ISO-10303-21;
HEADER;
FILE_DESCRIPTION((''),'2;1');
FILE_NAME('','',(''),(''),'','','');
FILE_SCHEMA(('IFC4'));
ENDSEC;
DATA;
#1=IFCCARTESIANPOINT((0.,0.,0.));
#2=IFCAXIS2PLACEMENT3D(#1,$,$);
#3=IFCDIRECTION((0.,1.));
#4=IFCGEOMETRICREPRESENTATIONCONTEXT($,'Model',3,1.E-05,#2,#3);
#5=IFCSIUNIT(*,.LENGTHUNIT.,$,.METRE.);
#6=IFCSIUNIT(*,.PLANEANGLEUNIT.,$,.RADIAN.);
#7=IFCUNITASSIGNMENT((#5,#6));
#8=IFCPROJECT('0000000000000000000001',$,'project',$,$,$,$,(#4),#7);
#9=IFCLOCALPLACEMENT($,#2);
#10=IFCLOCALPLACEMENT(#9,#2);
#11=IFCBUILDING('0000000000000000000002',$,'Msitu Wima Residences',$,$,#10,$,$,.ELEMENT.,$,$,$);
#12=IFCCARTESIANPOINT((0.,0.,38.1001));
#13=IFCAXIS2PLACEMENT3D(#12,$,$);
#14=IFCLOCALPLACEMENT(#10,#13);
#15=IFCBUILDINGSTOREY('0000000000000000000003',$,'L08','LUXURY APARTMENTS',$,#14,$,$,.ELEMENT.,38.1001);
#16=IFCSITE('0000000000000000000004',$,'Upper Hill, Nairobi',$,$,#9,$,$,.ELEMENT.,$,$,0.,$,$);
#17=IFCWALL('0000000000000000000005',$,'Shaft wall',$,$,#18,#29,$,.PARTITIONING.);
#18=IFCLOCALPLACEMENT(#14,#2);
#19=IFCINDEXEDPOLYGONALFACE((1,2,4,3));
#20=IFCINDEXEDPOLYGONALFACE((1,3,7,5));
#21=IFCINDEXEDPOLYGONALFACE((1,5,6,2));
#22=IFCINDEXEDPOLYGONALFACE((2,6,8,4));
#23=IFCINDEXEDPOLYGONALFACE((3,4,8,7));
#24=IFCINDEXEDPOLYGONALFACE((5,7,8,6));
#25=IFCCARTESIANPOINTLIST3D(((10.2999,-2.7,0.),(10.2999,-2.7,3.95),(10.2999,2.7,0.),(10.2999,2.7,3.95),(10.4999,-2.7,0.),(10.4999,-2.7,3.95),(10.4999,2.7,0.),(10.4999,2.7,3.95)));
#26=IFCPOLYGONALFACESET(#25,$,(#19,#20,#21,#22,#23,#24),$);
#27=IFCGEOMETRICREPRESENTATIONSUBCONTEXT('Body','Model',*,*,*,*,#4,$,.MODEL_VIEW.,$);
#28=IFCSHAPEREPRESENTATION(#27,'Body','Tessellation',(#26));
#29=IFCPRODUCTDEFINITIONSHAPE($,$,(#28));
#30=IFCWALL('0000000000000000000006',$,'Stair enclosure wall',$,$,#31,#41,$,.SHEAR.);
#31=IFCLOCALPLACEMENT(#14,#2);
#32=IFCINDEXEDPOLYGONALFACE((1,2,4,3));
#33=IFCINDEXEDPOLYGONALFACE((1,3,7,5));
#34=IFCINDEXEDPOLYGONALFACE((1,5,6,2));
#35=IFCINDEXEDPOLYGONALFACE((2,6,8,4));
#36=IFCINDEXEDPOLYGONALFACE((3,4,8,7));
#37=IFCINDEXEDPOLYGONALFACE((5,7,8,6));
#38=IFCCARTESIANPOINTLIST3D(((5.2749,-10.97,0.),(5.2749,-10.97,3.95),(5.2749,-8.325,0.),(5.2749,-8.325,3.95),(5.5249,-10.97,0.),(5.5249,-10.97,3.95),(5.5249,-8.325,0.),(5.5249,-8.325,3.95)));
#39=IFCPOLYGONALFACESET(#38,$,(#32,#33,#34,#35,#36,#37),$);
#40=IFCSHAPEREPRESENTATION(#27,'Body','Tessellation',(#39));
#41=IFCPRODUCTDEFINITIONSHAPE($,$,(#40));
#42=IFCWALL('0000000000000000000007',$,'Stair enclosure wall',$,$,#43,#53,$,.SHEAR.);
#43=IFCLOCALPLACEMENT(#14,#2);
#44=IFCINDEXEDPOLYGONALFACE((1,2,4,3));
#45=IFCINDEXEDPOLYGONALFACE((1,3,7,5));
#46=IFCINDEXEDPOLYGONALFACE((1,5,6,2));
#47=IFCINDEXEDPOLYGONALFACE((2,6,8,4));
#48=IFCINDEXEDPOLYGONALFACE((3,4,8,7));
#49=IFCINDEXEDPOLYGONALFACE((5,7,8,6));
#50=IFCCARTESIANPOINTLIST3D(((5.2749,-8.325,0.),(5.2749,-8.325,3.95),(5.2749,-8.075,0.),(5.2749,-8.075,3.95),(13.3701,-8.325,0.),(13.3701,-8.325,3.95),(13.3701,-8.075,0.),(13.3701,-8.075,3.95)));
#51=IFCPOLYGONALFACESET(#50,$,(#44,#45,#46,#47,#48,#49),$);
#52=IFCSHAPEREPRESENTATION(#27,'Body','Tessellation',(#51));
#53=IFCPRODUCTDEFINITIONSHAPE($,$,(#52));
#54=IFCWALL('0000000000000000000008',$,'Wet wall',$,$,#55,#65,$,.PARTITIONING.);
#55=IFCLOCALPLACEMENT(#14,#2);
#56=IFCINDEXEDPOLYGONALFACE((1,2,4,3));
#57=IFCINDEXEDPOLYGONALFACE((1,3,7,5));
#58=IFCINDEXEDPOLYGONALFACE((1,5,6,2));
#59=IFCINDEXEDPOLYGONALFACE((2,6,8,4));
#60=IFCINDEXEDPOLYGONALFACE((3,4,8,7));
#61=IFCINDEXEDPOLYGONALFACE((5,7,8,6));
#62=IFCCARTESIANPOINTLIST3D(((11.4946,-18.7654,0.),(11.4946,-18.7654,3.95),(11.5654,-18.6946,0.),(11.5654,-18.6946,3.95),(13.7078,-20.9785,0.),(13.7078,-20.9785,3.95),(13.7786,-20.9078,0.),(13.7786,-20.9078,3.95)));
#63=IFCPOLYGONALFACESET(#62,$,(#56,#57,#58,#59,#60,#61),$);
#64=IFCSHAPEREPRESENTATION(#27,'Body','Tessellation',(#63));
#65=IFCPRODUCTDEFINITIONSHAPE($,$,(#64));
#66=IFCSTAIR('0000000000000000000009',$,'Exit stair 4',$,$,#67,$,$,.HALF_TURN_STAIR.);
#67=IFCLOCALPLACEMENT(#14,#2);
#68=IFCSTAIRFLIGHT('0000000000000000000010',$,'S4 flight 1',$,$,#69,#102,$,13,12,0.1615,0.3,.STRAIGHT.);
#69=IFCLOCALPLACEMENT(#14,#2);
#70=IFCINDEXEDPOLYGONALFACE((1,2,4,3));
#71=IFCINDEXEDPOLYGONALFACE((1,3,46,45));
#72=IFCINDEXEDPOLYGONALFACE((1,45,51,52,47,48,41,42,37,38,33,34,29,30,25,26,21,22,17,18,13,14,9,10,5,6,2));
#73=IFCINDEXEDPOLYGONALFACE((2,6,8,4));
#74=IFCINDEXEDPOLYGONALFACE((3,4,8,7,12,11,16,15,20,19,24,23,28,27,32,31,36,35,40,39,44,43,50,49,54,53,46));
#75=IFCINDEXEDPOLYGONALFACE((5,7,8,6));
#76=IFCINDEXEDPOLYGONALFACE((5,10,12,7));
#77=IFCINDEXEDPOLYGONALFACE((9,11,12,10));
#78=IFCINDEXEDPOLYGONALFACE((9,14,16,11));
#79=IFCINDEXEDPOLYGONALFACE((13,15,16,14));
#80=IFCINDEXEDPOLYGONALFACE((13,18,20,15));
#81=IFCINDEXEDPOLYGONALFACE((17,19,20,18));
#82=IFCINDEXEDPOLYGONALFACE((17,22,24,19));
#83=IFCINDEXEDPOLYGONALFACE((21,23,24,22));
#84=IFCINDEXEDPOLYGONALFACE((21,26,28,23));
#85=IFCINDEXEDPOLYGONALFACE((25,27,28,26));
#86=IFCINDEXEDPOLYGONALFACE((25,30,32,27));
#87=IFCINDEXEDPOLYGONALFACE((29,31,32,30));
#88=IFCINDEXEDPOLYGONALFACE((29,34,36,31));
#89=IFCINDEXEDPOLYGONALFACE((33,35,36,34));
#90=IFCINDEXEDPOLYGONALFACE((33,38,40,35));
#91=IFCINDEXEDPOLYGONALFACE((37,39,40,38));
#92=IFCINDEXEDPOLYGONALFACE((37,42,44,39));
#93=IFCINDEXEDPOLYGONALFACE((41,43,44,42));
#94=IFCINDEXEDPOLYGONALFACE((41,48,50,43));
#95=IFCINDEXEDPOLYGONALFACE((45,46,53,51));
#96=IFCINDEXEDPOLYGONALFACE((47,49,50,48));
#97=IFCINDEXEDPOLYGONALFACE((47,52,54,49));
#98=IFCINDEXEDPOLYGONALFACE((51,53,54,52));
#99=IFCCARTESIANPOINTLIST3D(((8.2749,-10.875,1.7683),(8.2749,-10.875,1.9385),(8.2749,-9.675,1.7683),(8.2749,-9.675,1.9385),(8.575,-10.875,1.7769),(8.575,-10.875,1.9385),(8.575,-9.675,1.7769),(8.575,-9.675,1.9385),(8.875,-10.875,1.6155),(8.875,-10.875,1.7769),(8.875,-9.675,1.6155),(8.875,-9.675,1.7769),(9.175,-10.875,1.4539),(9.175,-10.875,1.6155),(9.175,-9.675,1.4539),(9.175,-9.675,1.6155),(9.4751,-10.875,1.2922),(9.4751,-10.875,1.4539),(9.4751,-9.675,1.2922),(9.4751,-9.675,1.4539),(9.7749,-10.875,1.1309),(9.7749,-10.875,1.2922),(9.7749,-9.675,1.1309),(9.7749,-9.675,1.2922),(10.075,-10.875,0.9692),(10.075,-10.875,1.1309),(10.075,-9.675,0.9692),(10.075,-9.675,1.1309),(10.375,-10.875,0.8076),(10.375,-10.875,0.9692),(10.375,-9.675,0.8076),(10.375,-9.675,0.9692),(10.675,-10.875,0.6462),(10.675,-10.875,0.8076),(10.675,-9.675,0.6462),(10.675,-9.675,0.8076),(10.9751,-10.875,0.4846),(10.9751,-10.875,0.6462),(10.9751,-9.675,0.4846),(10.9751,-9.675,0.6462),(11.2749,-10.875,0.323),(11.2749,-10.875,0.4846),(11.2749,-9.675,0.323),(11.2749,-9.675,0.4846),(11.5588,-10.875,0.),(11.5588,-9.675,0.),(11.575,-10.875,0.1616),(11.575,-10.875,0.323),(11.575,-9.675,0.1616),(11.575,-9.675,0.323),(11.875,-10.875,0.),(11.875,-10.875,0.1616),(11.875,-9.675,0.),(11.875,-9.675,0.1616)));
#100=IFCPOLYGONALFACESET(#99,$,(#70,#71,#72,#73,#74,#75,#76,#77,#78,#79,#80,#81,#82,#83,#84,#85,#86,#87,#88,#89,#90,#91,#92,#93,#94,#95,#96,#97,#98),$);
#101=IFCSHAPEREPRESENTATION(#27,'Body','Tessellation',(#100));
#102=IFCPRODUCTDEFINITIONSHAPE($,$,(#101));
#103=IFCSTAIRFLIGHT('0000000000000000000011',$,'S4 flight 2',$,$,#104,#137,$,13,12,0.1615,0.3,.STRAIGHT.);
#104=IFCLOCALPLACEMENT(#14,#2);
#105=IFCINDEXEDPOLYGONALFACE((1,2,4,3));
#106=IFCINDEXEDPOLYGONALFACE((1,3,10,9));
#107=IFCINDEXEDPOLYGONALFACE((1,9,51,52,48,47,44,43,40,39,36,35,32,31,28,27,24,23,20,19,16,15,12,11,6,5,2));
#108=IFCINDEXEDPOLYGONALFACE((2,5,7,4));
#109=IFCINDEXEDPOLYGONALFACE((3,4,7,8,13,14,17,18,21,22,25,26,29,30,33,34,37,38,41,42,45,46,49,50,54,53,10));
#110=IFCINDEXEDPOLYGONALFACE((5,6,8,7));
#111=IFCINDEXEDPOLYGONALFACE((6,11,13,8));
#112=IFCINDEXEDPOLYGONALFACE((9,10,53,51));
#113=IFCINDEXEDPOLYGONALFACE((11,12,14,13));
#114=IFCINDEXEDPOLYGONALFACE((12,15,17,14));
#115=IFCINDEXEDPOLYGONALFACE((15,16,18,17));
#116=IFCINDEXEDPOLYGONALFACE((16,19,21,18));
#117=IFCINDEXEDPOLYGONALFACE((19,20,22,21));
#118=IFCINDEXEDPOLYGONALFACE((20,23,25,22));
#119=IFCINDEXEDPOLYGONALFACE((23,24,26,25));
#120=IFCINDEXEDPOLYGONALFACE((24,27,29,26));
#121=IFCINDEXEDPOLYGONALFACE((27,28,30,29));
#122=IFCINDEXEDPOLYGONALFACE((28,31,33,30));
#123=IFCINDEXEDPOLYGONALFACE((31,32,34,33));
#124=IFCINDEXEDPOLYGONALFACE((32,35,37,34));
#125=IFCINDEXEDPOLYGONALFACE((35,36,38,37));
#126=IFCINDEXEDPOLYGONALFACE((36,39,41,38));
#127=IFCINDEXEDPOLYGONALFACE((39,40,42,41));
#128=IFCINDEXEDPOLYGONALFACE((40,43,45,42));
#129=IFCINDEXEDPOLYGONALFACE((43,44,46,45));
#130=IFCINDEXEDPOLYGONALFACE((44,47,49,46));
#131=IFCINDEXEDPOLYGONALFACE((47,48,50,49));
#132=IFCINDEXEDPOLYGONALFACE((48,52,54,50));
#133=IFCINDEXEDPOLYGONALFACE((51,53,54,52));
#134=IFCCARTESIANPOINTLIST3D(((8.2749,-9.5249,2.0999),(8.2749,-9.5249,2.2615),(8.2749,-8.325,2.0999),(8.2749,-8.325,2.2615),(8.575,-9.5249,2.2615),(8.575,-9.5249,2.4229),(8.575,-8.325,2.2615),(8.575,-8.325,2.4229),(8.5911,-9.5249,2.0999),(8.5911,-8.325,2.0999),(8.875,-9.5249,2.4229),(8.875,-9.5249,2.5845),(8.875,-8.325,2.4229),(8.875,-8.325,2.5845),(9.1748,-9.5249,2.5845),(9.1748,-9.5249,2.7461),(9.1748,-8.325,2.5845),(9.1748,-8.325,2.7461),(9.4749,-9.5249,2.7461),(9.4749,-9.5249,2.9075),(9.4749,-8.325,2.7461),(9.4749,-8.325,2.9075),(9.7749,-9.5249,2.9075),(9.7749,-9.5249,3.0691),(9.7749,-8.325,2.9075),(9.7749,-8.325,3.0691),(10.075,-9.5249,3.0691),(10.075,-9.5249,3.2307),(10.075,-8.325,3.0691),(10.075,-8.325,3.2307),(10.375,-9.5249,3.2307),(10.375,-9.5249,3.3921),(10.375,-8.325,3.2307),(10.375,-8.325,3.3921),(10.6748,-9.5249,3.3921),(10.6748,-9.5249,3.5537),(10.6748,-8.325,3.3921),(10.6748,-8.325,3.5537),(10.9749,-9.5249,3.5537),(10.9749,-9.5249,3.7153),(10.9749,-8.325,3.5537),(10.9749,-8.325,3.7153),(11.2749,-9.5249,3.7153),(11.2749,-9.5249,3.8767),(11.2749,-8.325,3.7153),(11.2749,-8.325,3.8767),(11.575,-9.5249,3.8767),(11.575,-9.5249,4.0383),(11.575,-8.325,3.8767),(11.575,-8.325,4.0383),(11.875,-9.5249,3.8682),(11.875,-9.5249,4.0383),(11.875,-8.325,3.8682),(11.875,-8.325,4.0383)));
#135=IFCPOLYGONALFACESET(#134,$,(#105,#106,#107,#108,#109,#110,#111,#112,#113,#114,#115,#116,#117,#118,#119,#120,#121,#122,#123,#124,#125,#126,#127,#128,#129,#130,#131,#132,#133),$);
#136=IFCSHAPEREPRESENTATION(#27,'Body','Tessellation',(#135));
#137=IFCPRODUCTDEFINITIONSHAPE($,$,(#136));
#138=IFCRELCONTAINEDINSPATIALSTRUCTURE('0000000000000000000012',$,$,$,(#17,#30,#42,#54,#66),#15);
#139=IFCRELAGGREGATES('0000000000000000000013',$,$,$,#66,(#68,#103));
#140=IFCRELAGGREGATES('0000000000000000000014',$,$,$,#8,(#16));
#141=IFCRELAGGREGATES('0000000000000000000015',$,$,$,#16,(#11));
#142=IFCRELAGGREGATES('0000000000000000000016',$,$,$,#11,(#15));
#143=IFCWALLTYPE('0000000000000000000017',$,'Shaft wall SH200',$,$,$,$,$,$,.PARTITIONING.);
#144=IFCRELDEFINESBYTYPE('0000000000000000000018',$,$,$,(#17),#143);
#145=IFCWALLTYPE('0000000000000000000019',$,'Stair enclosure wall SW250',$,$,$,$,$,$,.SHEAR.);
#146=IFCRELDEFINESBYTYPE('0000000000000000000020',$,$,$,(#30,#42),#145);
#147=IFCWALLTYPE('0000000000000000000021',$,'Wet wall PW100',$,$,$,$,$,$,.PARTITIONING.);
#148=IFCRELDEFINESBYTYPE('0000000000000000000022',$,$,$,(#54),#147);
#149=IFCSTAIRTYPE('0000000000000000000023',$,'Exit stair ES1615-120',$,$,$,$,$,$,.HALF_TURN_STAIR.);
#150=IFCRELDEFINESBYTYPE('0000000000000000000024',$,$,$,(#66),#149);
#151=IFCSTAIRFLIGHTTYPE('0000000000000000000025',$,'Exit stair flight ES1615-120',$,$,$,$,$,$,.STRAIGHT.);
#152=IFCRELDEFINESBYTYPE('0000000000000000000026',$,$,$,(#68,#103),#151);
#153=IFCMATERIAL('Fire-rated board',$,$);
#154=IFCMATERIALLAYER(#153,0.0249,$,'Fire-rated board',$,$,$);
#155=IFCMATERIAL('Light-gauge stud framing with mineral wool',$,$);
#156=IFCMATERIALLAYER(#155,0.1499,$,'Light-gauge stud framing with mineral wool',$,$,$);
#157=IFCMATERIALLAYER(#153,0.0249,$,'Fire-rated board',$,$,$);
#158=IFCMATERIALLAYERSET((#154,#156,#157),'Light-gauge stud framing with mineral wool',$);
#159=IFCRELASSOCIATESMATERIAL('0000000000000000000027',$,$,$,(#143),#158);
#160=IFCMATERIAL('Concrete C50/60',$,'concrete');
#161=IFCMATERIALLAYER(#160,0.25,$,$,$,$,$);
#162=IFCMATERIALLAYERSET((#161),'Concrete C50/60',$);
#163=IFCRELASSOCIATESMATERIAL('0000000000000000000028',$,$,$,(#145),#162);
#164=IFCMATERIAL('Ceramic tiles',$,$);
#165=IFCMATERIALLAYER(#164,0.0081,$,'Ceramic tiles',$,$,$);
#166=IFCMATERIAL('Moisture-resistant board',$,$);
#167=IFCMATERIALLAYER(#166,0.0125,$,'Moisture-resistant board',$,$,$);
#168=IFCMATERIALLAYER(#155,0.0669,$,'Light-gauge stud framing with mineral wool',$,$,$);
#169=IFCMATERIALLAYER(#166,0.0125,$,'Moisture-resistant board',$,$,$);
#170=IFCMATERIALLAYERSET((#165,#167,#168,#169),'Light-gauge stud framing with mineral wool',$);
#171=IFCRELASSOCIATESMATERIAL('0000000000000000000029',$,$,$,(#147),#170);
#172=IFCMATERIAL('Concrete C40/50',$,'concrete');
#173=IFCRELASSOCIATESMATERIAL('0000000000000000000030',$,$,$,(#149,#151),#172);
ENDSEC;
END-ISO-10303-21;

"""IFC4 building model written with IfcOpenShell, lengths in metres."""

from ifc_helpers import new_model, si_unit, direction, frame, frame_2d, origin, place, context, subcontext, project, spatial, polyline, rectangle, outline, extrude, material, layer, layer_set, type_object, element, aggregate, save


model = new_model("IFC4")

# Units and contexts
model_context = context("Model", 3, precision=1e-05, world=origin(), true_north=direction((0.0, 1.0)))
body_context = subcontext(model_context, "Body", "Model", "MODEL_VIEW")
ifc_project = project(units=[si_unit("LENGTHUNIT", "METRE"), si_unit("PLANEANGLEUNIT", "RADIAN")], contexts=[model_context])

# Site, building, storey
site_placement = place(None, origin())
site = spatial("IfcSite", under=ifc_project, at=site_placement, Name="Upper Hill, Nairobi", CompositionType="ELEMENT", RefElevation=0.0)
building_placement = place(site_placement, origin())
building = spatial("IfcBuilding", under=site, at=building_placement, Name="Msitu Wima Residences", CompositionType="ELEMENT")
storey_placement = place(building_placement, frame((0.0, 0.0, 38.1001)))
storey = spatial("IfcBuildingStorey", under=building, at=storey_placement, Name="L08", Description="LUXURY APARTMENTS", CompositionType="ELEMENT", Elevation=38.1001)

# Shared definitions
ifc_material_1 = material(Name="Concrete C40/50", Category="concrete")

# Walls
ifc_material_2 = material(Name="Fire-rated board")
ifc_layer_1 = layer(ifc_material_2, 0.0249, Name="Fire-rated board")
ifc_material_3 = material(Name="Light-gauge stud framing with mineral wool")
ifc_layer_2 = layer(ifc_material_3, 0.1499, Name="Light-gauge stud framing with mineral wool")
ifc_layer_3 = layer(ifc_material_2, 0.0249, Name="Fire-rated board")
ifc_layer_set_1 = layer_set([ifc_layer_1, ifc_layer_2, ifc_layer_3], Name="Light-gauge stud framing with mineral wool")
wall_type_1 = type_object("IfcWallType", Name="Shaft wall SH200", PredefinedType="PARTITIONING", material=ifc_layer_set_1)
wall_1_placement = place(storey_placement, frame((10.3999, -2.7, 0.0), z_axis=(0.0, 0.0, 1.0), x_axis=(0.0, 1.0, 0.0)))
element("IfcWall", 1, at=wall_1_placement, inside=storey, type_object=wall_type_1, Name="Shaft wall", PredefinedType="PARTITIONING", context=body_context, shape_type="SweptSolid", body=[
    extrude(rectangle(XDim=5.3999, YDim=0.2, at=frame_2d((2.7, 0.0))), origin(), (0.0, 0.0, 1.0), 3.95),
])
ifc_material_4 = material(Name="Concrete C50/60", Category="concrete")
ifc_layer_4 = layer(ifc_material_4, 0.25)
ifc_layer_set_2 = layer_set([ifc_layer_4], Name="Concrete C50/60")
wall_type_2 = type_object("IfcWallType", Name="Stair enclosure wall SW250", PredefinedType="SHEAR", material=ifc_layer_set_2)
wall_2_placement = place(storey_placement, frame((5.3999, -10.97, 0.0), z_axis=(0.0, 0.0, 1.0), x_axis=(0.0, 1.0, 0.0)))
element("IfcWall", 2, at=wall_2_placement, inside=storey, type_object=wall_type_2, Name="Stair enclosure wall", PredefinedType="SHEAR", context=body_context, shape_type="SweptSolid", body=[
    extrude(rectangle(XDim=2.645, YDim=0.25, at=frame_2d((1.3225, 0.0))), origin(), (0.0, 0.0, 1.0), 3.95),
])
wall_3_placement = place(storey_placement, frame((5.2749, -8.2, 0.0), z_axis=(0.0, 0.0, 1.0), x_axis=(1.0, 0.0, 0.0)))
element("IfcWall", 3, at=wall_3_placement, inside=storey, type_object=wall_type_2, Name="Stair enclosure wall", PredefinedType="SHEAR", context=body_context, shape_type="SweptSolid", body=[
    extrude(rectangle(XDim=8.0952, YDim=0.25, at=frame_2d((4.0476, 0.0))), origin(), (0.0, 0.0, 1.0), 3.95),
])
ifc_material_5 = material(Name="Ceramic tiles")
ifc_layer_5 = layer(ifc_material_5, 0.0081, Name="Ceramic tiles")
ifc_material_6 = material(Name="Moisture-resistant board")
ifc_layer_6 = layer(ifc_material_6, 0.0125, Name="Moisture-resistant board")
ifc_layer_7 = layer(ifc_material_3, 0.0669, Name="Light-gauge stud framing with mineral wool")
ifc_layer_8 = layer(ifc_material_6, 0.0125, Name="Moisture-resistant board")
ifc_layer_set_3 = layer_set([ifc_layer_5, ifc_layer_6, ifc_layer_7, ifc_layer_8], Name="Light-gauge stud framing with mineral wool")
wall_type_3 = type_object("IfcWallType", Name="Wet wall PW100", PredefinedType="PARTITIONING", material=ifc_layer_set_3)
wall_4_placement = place(storey_placement, frame((11.53, -18.73, 0.0), z_axis=(0.0, 0.0, 1.0), x_axis=(0.707107, -0.707107, 0.0)))
element("IfcWall", 4, at=wall_4_placement, inside=storey, type_object=wall_type_3, Name="Wet wall", PredefinedType="PARTITIONING", context=body_context, shape_type="SweptSolid", body=[
    extrude(rectangle(XDim=3.1299, YDim=0.1001, at=frame_2d((1.5649, 0.0))), origin(), (0.0, 0.0, 1.0), 3.95),
])

# Stair, stair flights
stair_type = type_object("IfcStairType", Name="Exit stair ES1615-120", PredefinedType="HALF_TURN_STAIR", material=ifc_material_1)
stair_placement = place(storey_placement, origin())
stair = element("IfcStair", 5, at=stair_placement, inside=storey, type_object=stair_type, Name="Exit stair 4", PredefinedType="HALF_TURN_STAIR")
stair_flight_type = type_object("IfcStairFlightType", Name="Exit stair flight ES1615-120", PredefinedType="STRAIGHT", material=ifc_material_1)
stair_flight_1_placement = place(storey_placement, frame((11.875, -10.2749, 0.0), z_axis=(0.0, 0.0, 1.0), x_axis=(-1.0, 0.0, 0.0)))
stair_flight_1 = element("IfcStairFlight", 6, at=stair_flight_1_placement, type_object=stair_flight_type, Name="S4 flight 1", NumberOfRisers=13, NumberOfTreads=12, PredefinedType="STRAIGHT", RiserHeight=0.1615, TreadLength=0.3, context=body_context, shape_type="SweptSolid", body=[
    extrude(outline(polyline([(0.0, 0.0), (0.0, 0.1616), (0.3, 0.1616), (0.3, 0.323), (0.6001, 0.323), (0.6001, 0.4846), (0.8999, 0.4846), (0.8999, 0.6462), (1.2, 0.6462), (1.2, 0.8076), (1.5, 0.8076), (1.5, 0.9692), (1.8, 0.9692), (1.8, 1.1309), (2.1001, 1.1309), (2.1001, 1.2922), (2.3999, 1.2922), (2.3999, 1.4539), (2.7, 1.4539), (2.7, 1.6155), (3.0, 1.6155), (3.0, 1.7769), (3.3, 1.7769), (3.3, 1.9385), (3.6001, 1.9385), (3.6001, 2.1001), (3.6001, 1.7683), (0.3162, 0.0), (0.0, 0.0)])), frame((0.0, 0.6001, 0.0), z_axis=(0.0, -1.0, 0.0), x_axis=(1.0, 0.0, 0.0)), (0.0, 0.0, 1.0), 1.2),
])
stair_flight_2_placement = place(storey_placement, frame((8.2749, -8.925, 2.0999), z_axis=(0.0, 0.0, 1.0), x_axis=(1.0, 0.0, 0.0)))
stair_flight_2 = element("IfcStairFlight", 7, at=stair_flight_2_placement, type_object=stair_flight_type, Name="S4 flight 2", NumberOfRisers=13, NumberOfTreads=12, PredefinedType="STRAIGHT", RiserHeight=0.1615, TreadLength=0.3, context=body_context, shape_type="SweptSolid", body=[
    extrude(outline(polyline([(0.0, 0.0), (0.0, 0.1616), (0.3, 0.1616), (0.3, 0.323), (0.6001, 0.323), (0.6001, 0.4846), (0.8999, 0.4846), (0.8999, 0.6462), (1.2, 0.6462), (1.2, 0.8076), (1.5, 0.8076), (1.5, 0.9692), (1.8, 0.9692), (1.8, 1.1309), (2.1001, 1.1309), (2.1001, 1.2922), (2.3999, 1.2922), (2.3999, 1.4539), (2.7, 1.4539), (2.7, 1.6155), (3.0, 1.6155), (3.0, 1.7769), (3.3, 1.7769), (3.3, 1.9385), (3.6001, 1.9385), (3.6001, 2.1001), (3.6001, 1.7683), (0.3162, 0.0), (0.0, 0.0)])), frame((0.0, 0.6001, 0.0), z_axis=(0.0, -1.0, 0.0), x_axis=(1.0, 0.0, 0.0)), (0.0, 0.0, 1.0), 1.2),
])
aggregate(stair, [stair_flight_1, stair_flight_2])

save(model, "model.ifc")
